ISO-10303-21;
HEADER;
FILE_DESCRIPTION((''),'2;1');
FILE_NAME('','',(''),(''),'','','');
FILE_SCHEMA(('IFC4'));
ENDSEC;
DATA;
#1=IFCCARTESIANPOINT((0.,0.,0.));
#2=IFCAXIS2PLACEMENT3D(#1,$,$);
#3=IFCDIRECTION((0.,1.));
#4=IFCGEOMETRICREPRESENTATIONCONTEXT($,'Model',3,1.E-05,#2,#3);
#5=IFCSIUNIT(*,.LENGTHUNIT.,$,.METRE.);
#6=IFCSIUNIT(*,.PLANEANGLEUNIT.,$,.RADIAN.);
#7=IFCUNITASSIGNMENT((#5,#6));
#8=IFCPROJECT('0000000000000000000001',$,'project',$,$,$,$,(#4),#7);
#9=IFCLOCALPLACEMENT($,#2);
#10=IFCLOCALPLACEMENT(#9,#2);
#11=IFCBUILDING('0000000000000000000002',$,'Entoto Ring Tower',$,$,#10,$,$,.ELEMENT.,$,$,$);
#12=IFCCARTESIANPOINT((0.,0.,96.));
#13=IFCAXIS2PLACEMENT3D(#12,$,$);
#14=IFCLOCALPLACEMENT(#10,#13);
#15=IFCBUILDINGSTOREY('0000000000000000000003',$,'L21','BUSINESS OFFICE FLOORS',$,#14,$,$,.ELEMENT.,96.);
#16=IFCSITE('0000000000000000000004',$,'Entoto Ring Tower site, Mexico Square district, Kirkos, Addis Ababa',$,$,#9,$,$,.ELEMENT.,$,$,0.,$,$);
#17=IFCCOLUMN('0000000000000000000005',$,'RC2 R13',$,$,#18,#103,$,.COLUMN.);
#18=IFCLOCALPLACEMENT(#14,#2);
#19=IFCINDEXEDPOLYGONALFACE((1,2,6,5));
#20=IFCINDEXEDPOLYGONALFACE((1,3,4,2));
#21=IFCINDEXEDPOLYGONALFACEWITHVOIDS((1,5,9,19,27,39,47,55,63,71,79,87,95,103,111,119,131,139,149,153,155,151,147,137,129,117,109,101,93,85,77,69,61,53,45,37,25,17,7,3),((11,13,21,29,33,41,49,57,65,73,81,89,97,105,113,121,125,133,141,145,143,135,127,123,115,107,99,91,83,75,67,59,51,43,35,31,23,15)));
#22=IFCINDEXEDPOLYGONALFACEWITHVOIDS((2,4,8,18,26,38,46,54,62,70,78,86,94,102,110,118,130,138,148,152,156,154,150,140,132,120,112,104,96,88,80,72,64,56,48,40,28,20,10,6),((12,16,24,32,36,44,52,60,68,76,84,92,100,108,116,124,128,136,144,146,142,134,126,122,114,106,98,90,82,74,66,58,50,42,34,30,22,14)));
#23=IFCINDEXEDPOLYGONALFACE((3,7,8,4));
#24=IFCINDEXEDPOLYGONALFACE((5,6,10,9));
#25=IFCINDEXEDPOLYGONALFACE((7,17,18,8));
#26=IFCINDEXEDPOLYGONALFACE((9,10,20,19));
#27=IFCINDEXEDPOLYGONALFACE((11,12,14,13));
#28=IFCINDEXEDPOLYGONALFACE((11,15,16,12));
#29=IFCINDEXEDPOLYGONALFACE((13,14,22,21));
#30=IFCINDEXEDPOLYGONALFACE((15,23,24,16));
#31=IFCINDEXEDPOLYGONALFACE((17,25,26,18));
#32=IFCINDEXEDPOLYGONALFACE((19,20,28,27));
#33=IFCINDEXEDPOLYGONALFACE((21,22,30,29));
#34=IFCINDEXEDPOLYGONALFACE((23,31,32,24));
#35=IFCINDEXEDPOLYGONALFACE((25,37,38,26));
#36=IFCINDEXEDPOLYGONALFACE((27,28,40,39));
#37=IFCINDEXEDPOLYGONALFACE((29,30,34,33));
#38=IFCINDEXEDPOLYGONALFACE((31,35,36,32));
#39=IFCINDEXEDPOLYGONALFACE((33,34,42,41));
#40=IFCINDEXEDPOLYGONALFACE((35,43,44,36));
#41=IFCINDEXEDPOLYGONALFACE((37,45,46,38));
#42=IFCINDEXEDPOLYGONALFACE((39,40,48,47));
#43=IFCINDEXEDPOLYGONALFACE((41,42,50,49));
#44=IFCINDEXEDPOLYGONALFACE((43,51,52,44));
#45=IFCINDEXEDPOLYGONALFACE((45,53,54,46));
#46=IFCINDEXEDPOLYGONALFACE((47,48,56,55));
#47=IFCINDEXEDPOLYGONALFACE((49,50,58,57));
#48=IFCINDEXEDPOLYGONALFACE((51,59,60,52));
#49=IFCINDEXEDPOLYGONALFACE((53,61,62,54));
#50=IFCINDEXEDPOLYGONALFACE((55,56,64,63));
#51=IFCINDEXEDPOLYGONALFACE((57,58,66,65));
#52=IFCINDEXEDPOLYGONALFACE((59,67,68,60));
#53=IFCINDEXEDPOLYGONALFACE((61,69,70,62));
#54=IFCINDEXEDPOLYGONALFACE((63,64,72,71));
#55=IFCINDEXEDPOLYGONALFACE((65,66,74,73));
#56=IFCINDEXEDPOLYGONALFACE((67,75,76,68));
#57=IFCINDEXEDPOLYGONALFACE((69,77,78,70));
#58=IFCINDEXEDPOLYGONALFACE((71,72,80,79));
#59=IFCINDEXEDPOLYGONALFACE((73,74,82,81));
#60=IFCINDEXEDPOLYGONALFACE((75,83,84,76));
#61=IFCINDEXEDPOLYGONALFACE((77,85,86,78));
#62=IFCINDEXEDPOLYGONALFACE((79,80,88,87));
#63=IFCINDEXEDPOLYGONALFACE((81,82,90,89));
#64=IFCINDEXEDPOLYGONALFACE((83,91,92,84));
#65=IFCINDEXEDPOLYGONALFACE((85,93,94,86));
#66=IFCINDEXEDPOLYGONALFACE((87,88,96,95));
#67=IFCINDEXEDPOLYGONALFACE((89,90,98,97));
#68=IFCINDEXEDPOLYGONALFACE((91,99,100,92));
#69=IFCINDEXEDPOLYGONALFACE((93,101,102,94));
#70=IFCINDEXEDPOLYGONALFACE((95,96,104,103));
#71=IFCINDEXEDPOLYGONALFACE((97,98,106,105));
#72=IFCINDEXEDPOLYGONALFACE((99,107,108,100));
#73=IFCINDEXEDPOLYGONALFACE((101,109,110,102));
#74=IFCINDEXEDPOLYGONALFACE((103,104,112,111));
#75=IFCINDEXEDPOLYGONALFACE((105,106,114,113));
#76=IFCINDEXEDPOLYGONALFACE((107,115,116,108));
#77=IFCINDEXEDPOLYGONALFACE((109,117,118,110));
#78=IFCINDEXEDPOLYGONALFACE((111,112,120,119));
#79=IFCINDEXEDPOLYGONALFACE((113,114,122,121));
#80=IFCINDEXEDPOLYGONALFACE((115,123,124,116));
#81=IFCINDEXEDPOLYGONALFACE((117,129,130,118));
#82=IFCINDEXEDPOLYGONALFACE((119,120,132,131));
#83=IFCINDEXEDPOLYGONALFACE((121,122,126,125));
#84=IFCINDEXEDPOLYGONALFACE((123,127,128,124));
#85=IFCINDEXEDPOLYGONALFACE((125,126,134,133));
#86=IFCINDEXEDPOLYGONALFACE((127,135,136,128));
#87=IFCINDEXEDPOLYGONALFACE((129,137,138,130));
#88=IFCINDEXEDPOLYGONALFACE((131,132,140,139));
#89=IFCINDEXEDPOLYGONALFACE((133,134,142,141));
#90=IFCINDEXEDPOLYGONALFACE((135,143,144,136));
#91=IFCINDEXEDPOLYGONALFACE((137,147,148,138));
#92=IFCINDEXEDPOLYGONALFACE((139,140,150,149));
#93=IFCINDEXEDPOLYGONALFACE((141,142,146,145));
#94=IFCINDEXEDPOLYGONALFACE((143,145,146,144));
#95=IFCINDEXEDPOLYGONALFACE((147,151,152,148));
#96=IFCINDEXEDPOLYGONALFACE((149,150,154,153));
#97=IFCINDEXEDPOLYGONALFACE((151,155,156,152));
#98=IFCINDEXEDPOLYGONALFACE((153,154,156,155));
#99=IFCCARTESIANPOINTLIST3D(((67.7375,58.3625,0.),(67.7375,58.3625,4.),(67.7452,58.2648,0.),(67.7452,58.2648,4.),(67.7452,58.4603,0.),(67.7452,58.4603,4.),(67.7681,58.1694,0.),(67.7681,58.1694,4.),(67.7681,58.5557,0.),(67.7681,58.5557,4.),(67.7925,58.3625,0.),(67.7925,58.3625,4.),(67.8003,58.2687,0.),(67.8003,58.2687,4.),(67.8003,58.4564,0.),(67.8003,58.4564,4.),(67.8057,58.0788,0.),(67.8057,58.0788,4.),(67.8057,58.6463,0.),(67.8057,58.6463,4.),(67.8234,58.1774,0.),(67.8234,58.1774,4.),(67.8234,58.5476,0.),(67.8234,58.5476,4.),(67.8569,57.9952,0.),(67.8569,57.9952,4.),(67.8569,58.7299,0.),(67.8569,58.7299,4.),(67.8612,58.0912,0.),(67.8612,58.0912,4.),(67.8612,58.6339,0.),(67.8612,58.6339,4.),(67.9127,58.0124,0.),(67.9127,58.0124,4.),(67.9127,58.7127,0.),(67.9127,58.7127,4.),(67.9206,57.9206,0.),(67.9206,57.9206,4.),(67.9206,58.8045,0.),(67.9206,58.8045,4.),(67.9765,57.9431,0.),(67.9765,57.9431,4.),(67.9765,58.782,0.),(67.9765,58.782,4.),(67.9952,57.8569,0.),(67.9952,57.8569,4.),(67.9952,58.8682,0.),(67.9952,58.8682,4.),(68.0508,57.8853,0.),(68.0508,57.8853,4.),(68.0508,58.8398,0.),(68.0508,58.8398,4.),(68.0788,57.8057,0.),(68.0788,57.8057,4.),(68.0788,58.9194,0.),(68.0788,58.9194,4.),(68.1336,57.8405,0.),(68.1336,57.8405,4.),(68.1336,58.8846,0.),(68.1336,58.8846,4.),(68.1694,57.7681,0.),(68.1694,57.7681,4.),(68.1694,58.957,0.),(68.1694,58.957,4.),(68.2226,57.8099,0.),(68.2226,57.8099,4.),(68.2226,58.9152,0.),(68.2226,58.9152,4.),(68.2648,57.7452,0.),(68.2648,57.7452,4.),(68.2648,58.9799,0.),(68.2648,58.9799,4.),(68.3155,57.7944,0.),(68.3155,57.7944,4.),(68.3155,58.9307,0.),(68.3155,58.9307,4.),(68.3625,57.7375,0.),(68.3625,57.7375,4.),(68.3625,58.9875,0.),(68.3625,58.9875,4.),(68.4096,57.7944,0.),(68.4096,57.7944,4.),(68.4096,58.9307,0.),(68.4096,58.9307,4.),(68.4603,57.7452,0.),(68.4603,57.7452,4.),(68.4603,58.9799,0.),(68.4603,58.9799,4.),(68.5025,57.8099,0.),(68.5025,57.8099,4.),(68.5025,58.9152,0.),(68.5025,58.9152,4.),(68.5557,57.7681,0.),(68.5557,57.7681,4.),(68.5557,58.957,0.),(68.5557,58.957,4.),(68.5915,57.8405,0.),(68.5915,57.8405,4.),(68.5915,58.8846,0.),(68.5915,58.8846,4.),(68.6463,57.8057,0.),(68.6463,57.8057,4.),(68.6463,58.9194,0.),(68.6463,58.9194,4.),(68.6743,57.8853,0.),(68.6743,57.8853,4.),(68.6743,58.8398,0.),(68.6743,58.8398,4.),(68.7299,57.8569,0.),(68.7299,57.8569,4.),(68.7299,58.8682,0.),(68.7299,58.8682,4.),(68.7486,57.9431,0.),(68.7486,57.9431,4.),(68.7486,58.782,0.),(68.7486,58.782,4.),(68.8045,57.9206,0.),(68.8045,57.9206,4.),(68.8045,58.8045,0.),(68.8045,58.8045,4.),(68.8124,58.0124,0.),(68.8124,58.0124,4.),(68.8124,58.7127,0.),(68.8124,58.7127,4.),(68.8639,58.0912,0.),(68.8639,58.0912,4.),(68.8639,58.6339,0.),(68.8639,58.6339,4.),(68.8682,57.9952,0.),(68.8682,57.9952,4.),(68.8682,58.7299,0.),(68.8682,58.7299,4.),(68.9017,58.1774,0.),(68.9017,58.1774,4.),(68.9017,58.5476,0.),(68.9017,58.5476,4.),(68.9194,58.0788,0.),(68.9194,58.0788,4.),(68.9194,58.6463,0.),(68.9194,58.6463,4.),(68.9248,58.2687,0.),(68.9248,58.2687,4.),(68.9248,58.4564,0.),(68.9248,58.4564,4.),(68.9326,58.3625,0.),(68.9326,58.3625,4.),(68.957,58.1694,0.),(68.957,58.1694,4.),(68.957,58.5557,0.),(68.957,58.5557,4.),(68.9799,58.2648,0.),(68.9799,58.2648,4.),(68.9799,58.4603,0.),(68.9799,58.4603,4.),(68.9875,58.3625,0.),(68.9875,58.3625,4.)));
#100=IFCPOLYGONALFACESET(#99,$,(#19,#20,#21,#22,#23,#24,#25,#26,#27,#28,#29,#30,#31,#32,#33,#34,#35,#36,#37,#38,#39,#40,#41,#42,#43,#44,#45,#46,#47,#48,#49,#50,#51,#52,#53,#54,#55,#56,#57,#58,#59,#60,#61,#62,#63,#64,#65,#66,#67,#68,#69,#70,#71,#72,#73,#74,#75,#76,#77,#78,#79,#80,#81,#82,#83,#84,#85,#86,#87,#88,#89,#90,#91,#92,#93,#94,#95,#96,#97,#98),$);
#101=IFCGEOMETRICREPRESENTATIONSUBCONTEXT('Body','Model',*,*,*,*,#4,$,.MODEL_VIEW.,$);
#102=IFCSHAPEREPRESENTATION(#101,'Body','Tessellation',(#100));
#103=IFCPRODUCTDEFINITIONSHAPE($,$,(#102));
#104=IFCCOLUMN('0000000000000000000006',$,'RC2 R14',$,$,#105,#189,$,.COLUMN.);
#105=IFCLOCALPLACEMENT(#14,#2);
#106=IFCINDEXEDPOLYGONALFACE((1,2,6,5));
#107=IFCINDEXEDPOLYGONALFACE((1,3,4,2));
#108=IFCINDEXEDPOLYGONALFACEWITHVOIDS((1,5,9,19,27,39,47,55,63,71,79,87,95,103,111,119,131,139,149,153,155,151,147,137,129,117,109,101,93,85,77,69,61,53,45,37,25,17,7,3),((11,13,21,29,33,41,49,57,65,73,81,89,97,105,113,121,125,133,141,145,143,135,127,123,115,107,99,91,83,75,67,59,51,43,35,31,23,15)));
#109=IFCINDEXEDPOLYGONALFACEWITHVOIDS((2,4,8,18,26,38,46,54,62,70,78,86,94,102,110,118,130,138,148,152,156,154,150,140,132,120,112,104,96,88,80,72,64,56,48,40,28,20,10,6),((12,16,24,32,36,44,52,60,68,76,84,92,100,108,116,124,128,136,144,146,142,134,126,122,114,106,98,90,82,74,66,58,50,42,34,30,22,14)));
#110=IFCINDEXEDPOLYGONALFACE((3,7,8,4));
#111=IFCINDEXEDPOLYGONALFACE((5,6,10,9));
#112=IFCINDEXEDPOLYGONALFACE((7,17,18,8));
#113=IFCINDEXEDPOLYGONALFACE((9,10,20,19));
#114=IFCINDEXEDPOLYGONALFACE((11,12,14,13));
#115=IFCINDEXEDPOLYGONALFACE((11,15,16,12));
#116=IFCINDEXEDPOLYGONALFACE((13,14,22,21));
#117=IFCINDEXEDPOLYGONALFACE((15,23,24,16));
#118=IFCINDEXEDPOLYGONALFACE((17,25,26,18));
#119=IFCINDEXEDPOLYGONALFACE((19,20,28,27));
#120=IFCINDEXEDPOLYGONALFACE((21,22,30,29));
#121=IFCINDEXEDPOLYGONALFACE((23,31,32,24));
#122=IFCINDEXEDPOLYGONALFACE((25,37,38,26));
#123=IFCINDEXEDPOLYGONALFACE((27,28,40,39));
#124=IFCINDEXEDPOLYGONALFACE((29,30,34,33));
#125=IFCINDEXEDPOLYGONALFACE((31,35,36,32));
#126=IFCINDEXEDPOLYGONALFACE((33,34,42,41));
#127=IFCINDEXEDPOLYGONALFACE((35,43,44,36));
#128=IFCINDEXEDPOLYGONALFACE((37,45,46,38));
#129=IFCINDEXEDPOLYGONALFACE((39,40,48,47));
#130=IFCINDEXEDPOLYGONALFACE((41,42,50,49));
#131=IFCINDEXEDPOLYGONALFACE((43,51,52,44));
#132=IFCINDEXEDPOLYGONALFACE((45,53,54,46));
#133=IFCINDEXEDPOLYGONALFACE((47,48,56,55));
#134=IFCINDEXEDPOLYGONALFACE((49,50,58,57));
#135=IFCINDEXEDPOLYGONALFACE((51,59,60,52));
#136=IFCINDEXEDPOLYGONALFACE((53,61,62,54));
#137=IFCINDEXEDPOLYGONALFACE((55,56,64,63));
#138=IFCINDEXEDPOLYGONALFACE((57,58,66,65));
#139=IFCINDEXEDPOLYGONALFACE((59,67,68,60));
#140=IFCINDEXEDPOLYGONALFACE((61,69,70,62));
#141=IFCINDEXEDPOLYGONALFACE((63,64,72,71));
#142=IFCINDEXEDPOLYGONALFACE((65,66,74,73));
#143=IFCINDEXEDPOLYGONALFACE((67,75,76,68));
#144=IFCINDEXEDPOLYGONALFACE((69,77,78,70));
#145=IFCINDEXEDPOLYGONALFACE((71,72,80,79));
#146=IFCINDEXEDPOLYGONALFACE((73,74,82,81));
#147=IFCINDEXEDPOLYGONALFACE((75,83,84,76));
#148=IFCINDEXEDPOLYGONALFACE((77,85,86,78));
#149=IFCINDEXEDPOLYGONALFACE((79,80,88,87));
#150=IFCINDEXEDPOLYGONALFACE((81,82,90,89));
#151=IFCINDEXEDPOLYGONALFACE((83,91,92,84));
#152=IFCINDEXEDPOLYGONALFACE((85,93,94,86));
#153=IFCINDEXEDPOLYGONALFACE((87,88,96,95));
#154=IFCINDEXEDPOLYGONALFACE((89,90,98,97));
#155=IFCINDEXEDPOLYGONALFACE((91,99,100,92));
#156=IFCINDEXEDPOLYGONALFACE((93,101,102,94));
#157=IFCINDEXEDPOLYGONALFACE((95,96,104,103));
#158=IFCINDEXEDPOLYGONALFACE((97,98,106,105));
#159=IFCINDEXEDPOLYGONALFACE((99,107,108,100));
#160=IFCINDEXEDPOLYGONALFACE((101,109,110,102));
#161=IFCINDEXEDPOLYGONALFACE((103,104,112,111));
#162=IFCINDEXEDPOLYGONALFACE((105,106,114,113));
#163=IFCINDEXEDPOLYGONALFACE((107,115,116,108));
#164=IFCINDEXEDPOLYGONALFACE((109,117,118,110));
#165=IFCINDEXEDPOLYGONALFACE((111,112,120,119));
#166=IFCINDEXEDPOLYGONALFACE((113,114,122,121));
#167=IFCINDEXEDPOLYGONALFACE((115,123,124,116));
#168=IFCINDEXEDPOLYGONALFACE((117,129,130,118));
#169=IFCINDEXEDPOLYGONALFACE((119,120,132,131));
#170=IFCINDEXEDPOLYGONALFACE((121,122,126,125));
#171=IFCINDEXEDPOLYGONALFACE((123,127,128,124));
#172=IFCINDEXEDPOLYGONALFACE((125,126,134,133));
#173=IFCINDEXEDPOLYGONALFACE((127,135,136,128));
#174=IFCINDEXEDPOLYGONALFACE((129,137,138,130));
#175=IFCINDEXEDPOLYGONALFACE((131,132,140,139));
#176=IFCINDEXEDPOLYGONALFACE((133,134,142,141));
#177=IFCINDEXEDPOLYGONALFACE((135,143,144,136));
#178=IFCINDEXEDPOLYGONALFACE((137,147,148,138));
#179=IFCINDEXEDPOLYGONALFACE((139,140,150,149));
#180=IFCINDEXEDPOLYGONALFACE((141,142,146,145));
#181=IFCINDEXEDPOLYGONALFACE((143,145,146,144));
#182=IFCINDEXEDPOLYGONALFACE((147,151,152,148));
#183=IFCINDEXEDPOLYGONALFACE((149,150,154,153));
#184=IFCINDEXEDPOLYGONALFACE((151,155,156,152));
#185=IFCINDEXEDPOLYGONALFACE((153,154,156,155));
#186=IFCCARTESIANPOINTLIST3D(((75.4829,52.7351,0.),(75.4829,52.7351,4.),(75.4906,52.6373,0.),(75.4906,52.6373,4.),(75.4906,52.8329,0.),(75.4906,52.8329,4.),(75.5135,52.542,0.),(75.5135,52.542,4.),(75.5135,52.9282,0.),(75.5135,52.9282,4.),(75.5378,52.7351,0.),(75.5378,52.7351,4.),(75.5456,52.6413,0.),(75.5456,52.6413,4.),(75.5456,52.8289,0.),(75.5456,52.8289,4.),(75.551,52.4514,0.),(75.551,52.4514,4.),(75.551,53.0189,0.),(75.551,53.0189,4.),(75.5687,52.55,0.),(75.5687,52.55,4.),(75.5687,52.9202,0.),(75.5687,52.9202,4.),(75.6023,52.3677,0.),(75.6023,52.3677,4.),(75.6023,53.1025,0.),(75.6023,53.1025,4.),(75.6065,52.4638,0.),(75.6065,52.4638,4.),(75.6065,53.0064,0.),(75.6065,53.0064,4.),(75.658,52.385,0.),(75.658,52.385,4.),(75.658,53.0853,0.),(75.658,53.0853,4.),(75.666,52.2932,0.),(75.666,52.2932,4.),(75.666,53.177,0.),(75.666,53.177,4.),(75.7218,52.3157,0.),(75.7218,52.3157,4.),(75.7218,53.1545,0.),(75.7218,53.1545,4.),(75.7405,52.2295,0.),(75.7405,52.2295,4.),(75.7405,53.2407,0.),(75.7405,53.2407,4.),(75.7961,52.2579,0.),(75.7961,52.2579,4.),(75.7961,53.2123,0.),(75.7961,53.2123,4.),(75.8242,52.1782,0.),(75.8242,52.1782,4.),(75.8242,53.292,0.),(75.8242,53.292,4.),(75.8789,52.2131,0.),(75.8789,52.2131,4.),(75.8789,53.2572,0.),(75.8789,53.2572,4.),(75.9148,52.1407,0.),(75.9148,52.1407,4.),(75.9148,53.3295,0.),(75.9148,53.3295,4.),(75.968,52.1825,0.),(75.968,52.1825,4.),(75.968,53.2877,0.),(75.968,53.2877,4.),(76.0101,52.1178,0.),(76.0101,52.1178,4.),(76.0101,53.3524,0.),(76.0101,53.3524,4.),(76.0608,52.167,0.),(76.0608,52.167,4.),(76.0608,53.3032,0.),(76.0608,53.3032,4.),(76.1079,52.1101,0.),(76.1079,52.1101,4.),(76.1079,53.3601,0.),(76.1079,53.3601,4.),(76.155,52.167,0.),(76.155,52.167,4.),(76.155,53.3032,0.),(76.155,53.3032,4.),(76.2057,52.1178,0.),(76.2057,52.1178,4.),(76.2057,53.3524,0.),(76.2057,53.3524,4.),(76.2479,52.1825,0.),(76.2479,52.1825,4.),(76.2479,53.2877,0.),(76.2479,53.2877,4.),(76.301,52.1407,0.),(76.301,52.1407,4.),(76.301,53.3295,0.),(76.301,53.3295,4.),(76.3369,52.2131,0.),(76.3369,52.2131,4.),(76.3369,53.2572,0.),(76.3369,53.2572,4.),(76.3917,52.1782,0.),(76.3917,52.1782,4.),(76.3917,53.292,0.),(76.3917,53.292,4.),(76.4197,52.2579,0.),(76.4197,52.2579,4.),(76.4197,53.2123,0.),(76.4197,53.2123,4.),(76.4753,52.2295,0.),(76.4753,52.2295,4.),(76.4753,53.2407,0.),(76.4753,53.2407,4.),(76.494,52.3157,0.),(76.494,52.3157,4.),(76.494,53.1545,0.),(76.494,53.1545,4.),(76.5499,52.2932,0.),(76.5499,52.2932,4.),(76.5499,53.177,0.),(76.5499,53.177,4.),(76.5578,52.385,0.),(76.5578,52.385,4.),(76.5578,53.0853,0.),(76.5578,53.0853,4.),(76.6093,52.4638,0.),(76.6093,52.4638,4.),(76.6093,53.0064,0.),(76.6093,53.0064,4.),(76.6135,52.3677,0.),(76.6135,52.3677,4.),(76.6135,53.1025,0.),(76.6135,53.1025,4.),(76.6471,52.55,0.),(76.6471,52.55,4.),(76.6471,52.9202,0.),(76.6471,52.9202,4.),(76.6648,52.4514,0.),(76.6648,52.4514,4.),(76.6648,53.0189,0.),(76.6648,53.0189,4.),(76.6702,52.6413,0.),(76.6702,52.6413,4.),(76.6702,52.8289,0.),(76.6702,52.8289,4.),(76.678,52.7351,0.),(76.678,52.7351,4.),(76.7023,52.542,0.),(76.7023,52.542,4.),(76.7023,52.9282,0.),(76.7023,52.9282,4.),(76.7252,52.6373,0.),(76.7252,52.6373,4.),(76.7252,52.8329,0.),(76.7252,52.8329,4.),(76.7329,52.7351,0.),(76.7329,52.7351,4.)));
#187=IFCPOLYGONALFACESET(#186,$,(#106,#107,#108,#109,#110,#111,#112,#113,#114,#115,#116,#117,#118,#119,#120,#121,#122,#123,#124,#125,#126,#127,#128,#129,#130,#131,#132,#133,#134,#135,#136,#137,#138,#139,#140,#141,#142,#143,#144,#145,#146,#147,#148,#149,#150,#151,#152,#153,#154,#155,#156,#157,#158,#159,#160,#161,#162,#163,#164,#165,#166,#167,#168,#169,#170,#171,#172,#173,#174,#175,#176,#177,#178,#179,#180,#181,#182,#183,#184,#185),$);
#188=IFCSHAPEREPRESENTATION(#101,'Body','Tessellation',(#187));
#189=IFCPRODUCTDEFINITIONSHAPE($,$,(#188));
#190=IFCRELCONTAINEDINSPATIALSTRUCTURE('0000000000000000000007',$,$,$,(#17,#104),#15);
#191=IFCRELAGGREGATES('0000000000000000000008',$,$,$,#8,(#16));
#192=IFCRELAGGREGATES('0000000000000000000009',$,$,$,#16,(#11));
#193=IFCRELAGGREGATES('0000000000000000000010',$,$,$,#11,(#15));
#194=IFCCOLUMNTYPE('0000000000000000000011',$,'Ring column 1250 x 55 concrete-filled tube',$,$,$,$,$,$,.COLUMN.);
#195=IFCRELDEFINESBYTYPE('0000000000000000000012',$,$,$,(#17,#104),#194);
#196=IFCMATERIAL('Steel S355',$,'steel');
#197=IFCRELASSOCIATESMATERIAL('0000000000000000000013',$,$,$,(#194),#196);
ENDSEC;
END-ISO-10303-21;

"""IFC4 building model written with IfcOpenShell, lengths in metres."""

from ifc_helpers import new_model, si_unit, direction, frame, origin, origin_2d, place, context, subcontext, project, spatial, circle, hollow_circle, extrude, material, material_profile, profile_set, type_object, element, save


model = new_model("IFC4")

# Units and contexts
model_context = context("Model", 3, precision=1e-05, world=origin(), true_north=direction((0.0, 1.0)))
body_context = subcontext(model_context, "Body", "Model", "MODEL_VIEW")
ifc_project = project(units=[si_unit("LENGTHUNIT", "METRE"), si_unit("PLANEANGLEUNIT", "RADIAN")], contexts=[model_context])

# Site, building, storey
site_placement = place(None, origin())
site = spatial("IfcSite", under=ifc_project, at=site_placement, Name="Entoto Ring Tower site, Mexico Square district, Kirkos, Addis Ababa", CompositionType="ELEMENT", RefElevation=0.0)
building_placement = place(site_placement, origin())
building = spatial("IfcBuilding", under=site, at=building_placement, Name="Entoto Ring Tower", CompositionType="ELEMENT")
storey_placement = place(building_placement, frame((0.0, 0.0, 96.0)))
storey = spatial("IfcBuildingStorey", under=building, at=storey_placement, Name="L21", Description="BUSINESS OFFICE FLOORS", CompositionType="ELEMENT", Elevation=96.0)

# Columns
ifc_material_1 = material(Name="Steel S355", Category="steel")
ifc_material_profile_1 = material_profile(ifc_material_1, hollow_circle(Radius=0.625, WallThickness=0.0549, at=origin_2d()), Name="CHS 1250 x 55")
ifc_material_2 = material(Name="Concrete C60/75", Category="concrete")
ifc_material_profile_2 = material_profile(ifc_material_2, circle(Radius=0.5701, at=origin_2d()), Name="Concrete C60/75 infill")
ifc_profile_set_1 = profile_set([ifc_material_profile_1, ifc_material_profile_2], Name="Steel S355")
column_type = type_object("IfcColumnType", Name="Ring column 1250 x 55 concrete-filled tube", PredefinedType="COLUMN", material=ifc_profile_set_1)
for number, where, z_axis, x_axis, name in (
    (1, (68.3625, 58.3625, 0.0), (0.0, 0.0, 1.0), (1.0, 0.0, 0.0), "RC2 R13"),
    (2, (76.1079, 52.7351, 0.0), (0.0, 0.0, 1.0), (1.0, 0.0, 0.0), "RC2 R14"),
):
    element("IfcColumn", number, at=place(storey_placement, frame(where, z_axis=z_axis, x_axis=x_axis)), inside=storey, type_object=column_type, Name=name, PredefinedType="COLUMN", context=body_context, shape_type="SweptSolid", body=[
        extrude(hollow_circle(Radius=0.625, WallThickness=0.0549, at=origin_2d()), origin(), (0.0, 0.0, 1.0), 4.0),
    ])

save(model, "model.ifc")
